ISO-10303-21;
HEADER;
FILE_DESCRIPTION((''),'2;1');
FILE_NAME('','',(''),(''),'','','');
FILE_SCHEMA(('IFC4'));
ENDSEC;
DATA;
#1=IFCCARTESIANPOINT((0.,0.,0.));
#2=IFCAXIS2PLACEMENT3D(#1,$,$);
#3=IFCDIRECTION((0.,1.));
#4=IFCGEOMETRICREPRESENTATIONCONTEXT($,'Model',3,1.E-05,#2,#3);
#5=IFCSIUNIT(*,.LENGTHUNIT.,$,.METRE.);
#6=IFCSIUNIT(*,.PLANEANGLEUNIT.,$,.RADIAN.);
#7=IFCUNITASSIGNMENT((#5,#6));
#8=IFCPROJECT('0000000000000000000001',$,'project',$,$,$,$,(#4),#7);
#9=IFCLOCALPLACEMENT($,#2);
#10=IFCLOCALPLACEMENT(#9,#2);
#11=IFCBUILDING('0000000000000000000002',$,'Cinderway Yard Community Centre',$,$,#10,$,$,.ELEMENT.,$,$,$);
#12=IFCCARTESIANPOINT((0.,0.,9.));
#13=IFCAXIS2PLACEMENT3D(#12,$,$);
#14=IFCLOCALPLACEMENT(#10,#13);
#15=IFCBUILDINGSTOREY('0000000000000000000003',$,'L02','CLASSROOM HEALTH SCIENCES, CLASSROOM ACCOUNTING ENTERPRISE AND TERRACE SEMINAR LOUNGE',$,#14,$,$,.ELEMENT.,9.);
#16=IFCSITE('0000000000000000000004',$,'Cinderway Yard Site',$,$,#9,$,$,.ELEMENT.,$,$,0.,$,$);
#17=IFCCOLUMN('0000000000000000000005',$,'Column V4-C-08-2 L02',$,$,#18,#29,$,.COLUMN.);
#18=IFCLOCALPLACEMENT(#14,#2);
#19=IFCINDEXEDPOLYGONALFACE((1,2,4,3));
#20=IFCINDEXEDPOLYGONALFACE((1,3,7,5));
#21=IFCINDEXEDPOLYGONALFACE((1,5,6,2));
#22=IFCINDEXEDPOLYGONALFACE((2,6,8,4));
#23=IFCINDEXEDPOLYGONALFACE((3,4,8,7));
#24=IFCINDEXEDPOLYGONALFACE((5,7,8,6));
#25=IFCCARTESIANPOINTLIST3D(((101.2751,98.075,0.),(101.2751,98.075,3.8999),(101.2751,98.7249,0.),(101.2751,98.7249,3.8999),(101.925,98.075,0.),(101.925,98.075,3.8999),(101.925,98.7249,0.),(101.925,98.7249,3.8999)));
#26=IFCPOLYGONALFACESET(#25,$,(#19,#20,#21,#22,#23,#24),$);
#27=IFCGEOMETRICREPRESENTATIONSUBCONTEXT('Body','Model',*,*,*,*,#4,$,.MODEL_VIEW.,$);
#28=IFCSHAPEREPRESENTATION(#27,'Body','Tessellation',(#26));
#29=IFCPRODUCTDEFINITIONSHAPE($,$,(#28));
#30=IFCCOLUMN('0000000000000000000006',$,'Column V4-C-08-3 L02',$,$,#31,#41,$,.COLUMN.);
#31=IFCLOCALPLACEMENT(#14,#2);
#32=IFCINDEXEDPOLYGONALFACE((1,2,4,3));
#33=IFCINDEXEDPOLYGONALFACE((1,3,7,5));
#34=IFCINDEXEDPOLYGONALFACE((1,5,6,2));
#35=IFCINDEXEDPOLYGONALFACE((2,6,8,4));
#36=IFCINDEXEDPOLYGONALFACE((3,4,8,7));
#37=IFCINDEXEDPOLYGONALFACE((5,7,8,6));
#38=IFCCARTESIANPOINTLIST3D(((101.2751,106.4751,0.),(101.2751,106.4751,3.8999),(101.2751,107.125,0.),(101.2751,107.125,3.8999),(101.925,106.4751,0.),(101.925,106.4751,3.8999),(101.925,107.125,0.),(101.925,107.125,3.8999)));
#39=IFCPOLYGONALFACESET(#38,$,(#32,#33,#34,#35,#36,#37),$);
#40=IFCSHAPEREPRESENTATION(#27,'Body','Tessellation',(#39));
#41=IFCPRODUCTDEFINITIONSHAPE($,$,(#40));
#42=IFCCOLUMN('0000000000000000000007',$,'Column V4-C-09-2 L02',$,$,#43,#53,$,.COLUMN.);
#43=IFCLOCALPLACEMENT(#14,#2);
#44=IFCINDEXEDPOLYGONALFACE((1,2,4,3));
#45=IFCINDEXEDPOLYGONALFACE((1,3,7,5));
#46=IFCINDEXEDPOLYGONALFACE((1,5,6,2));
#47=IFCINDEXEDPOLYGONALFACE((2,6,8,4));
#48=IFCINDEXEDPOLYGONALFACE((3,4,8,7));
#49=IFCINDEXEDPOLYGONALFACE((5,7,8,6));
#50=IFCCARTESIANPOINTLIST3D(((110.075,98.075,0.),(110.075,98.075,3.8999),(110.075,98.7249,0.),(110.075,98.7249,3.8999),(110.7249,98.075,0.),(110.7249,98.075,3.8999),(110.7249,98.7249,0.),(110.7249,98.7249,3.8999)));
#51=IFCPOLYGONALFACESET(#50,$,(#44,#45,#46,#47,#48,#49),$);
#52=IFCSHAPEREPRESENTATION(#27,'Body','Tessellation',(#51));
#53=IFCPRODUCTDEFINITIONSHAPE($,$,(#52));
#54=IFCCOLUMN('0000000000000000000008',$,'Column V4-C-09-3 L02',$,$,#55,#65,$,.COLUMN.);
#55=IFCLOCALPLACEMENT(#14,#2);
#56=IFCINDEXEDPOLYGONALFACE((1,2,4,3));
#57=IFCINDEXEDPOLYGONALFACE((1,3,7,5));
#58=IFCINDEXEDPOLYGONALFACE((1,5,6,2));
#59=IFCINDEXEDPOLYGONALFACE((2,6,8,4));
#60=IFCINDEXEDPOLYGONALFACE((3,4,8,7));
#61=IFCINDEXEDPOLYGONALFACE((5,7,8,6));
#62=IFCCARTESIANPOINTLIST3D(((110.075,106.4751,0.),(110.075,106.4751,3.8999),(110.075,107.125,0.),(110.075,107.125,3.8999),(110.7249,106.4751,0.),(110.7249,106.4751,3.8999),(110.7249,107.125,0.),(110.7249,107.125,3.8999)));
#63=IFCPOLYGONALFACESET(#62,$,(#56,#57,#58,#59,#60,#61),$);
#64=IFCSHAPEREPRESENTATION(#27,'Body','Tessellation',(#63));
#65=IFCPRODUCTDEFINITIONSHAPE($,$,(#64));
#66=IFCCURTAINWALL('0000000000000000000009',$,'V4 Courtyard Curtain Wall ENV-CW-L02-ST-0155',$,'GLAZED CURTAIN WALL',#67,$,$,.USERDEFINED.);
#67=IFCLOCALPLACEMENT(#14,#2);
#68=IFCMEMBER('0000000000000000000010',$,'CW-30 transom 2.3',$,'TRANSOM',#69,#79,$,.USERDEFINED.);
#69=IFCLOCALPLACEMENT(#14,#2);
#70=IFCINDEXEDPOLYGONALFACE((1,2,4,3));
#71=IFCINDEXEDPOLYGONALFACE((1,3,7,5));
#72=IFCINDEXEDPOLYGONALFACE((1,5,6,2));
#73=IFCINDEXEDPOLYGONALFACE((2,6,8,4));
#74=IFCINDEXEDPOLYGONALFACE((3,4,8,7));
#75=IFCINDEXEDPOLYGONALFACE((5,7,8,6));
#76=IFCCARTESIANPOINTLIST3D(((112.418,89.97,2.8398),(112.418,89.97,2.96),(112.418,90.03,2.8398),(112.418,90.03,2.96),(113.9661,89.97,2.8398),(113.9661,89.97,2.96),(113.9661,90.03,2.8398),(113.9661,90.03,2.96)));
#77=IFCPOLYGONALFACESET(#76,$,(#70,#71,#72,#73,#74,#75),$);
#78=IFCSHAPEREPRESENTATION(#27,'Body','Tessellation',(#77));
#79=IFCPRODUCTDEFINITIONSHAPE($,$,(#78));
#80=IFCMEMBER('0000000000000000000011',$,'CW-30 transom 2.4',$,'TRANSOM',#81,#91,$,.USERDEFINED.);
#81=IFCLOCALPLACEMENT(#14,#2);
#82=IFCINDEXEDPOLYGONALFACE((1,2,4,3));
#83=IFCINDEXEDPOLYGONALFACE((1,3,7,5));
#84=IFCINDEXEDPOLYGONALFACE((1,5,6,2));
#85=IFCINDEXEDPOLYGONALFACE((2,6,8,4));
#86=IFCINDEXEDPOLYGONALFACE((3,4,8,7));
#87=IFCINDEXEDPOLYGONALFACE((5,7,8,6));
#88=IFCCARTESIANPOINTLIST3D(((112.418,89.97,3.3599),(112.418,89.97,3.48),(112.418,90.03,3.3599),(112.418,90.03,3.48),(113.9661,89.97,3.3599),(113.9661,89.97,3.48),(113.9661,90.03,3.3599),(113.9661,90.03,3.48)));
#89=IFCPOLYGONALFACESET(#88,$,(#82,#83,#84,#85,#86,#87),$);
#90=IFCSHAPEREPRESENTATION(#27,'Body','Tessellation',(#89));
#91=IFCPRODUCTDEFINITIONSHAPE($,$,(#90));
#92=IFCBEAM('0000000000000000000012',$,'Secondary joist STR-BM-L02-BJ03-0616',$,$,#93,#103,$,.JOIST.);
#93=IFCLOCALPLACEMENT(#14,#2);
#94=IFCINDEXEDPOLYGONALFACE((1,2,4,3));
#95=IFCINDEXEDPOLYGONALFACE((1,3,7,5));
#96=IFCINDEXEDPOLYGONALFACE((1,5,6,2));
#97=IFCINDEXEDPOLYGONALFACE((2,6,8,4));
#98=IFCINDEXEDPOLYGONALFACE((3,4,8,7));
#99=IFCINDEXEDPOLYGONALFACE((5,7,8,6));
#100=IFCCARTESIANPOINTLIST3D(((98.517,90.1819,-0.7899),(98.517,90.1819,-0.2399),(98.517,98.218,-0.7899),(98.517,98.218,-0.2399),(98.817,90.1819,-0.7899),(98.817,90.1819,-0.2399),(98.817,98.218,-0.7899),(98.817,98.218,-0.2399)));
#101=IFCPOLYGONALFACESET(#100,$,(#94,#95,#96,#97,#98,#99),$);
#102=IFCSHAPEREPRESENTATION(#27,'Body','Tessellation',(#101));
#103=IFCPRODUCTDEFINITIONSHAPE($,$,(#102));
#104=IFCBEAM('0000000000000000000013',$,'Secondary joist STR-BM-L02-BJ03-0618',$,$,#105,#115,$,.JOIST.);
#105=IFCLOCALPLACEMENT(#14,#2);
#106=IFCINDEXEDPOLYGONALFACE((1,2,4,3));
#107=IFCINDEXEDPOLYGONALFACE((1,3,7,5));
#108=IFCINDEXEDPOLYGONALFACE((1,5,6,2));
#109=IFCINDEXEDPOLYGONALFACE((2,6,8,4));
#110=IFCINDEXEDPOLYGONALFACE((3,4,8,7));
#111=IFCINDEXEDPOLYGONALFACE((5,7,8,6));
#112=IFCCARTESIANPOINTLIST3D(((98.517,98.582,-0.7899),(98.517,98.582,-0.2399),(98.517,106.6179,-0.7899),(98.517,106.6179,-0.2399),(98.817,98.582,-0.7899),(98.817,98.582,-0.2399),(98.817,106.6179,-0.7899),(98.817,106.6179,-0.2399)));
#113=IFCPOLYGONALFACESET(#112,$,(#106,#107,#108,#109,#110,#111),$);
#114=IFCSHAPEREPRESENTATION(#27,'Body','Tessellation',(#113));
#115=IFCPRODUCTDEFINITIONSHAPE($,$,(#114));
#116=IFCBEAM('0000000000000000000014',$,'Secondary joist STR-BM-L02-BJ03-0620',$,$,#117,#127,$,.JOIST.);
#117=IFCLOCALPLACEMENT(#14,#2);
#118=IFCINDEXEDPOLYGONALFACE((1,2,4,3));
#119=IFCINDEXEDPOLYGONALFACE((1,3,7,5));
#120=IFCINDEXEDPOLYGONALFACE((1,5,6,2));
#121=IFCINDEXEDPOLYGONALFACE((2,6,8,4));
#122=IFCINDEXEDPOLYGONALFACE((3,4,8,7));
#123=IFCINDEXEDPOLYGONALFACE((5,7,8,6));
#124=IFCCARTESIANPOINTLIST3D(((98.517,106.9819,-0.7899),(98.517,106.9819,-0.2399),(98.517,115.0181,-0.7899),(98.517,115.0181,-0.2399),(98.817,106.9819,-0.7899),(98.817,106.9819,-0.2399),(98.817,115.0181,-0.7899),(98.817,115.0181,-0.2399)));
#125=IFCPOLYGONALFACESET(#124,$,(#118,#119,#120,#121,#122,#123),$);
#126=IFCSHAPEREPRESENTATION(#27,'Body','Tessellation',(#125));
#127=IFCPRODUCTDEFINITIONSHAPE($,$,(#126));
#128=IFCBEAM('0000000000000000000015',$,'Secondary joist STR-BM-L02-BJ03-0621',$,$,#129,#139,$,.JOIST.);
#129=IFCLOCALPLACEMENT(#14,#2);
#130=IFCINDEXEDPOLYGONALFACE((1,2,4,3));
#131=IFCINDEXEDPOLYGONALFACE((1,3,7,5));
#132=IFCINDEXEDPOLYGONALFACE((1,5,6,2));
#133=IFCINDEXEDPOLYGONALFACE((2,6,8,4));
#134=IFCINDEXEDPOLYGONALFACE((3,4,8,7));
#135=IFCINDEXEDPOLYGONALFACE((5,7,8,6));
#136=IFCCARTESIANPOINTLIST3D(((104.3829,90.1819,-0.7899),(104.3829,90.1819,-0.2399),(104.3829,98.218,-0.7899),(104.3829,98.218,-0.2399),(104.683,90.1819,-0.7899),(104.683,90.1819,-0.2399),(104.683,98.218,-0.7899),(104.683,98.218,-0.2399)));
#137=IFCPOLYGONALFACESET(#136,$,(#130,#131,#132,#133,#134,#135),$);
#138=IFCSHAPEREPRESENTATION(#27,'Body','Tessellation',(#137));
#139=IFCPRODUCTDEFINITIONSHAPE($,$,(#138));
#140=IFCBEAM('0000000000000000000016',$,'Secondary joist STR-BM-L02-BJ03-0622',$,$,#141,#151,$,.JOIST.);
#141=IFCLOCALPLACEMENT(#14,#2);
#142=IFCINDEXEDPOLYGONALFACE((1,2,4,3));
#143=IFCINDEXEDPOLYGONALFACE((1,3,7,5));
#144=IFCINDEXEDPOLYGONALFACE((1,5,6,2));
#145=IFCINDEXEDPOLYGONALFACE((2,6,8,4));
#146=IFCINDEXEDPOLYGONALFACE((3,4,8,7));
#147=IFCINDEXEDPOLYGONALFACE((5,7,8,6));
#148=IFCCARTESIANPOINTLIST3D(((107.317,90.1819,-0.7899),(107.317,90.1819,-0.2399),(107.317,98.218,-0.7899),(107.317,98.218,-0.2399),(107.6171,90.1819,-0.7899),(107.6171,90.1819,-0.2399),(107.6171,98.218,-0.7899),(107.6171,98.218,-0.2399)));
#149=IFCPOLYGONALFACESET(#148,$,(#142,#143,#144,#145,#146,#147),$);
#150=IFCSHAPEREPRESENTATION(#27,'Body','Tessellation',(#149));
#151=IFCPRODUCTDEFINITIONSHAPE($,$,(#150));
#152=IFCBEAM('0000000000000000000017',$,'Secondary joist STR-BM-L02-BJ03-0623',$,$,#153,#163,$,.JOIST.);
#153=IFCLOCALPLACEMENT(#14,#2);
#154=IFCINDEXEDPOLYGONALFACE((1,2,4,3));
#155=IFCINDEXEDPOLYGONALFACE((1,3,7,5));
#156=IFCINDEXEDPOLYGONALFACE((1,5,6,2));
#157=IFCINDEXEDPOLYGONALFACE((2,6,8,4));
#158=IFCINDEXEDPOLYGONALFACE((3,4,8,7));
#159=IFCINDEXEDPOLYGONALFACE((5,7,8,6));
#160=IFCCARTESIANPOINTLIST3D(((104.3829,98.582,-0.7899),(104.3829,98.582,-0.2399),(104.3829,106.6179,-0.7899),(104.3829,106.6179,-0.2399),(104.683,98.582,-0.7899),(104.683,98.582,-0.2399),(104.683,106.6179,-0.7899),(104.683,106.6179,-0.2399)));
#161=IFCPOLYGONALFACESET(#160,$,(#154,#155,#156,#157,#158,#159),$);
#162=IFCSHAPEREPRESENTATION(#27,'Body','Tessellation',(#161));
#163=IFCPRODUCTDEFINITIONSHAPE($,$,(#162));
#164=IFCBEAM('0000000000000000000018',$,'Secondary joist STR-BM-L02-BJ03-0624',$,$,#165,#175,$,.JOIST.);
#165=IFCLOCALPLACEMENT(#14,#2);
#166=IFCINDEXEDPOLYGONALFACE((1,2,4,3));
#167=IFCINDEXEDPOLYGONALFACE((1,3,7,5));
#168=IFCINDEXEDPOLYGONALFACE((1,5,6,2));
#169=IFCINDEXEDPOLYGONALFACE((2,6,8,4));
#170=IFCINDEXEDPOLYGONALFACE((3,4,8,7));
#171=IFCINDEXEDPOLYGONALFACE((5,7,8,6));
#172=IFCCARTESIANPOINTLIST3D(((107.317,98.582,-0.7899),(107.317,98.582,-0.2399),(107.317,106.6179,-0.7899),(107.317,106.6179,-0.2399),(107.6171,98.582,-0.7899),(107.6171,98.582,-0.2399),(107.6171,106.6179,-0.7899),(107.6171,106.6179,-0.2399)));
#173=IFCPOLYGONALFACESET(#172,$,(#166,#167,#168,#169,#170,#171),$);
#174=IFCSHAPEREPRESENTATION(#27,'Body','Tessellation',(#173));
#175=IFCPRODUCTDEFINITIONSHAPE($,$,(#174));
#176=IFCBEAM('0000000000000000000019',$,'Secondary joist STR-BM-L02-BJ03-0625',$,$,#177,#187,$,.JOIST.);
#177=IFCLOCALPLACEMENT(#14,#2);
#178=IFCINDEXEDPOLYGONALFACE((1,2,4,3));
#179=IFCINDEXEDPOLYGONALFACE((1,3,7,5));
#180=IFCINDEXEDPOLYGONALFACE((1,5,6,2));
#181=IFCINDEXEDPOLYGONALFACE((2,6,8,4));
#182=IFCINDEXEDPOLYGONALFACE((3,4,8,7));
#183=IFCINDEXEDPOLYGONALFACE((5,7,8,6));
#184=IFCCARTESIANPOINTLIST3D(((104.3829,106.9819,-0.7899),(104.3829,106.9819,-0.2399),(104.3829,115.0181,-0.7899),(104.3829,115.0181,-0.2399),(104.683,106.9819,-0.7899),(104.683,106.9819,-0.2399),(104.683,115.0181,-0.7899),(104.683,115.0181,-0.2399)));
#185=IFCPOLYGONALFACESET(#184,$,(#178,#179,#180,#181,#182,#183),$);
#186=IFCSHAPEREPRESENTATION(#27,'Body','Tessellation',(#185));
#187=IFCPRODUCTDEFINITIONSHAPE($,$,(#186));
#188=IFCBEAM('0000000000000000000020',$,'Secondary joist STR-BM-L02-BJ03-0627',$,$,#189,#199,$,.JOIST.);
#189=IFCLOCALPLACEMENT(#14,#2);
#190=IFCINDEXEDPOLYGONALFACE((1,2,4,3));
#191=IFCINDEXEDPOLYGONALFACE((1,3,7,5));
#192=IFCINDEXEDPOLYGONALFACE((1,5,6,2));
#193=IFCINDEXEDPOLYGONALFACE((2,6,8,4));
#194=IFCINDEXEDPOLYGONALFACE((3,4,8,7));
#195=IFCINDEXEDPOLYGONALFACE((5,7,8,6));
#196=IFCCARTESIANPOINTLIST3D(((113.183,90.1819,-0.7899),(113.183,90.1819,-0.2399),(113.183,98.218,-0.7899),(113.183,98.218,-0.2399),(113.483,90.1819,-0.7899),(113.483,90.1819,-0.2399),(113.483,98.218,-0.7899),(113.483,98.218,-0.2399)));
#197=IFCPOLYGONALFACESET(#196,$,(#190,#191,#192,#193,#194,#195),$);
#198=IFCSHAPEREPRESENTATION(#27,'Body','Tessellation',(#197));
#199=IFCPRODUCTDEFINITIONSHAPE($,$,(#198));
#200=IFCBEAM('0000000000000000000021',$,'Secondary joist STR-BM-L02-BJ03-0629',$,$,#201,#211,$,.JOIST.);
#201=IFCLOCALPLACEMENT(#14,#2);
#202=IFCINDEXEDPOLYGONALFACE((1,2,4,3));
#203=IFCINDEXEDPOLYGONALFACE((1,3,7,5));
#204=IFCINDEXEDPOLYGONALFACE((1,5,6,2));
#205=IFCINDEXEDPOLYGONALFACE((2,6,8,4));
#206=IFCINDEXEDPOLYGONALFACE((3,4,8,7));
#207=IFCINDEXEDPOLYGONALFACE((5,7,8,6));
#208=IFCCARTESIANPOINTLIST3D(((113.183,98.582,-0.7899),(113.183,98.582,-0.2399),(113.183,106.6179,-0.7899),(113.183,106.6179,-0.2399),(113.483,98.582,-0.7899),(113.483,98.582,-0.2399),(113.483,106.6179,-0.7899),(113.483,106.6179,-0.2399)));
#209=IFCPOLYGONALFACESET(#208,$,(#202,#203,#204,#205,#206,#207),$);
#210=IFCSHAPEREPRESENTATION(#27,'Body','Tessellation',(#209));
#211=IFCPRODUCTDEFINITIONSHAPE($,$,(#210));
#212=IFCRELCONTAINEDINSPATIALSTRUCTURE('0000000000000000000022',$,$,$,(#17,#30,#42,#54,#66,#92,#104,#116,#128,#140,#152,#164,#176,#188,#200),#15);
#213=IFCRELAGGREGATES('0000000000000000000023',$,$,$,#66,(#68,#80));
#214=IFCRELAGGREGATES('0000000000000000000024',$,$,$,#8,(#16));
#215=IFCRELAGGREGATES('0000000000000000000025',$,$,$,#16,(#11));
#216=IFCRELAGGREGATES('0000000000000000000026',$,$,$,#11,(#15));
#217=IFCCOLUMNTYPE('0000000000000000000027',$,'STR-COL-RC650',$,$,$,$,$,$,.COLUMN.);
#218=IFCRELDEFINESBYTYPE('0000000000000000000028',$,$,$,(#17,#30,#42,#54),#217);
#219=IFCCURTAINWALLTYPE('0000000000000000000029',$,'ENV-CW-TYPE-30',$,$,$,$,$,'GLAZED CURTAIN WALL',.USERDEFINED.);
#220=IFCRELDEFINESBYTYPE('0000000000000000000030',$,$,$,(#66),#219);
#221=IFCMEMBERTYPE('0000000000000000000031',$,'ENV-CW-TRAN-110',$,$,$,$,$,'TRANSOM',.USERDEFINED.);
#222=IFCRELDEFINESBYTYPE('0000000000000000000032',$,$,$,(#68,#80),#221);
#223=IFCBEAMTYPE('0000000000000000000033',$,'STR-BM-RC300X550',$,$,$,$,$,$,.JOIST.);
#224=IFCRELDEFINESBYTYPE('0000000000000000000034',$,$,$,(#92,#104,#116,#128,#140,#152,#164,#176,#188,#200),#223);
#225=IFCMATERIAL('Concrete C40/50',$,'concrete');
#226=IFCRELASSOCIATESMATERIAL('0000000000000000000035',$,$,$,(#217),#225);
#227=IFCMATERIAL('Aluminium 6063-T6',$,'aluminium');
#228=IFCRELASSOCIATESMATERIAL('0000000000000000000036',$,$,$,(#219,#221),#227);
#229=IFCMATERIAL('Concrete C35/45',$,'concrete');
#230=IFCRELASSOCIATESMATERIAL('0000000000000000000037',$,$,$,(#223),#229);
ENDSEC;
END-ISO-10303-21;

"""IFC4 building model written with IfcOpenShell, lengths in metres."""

from ifc_helpers import new_model, si_unit, direction, frame, origin, origin_2d, place, context, subcontext, project, spatial, rectangle, extrude, material, material_profile, profile_set, type_object, element, aggregate, save


model = new_model("IFC4")

# Units and contexts
model_context = context("Model", 3, precision=1e-05, world=origin(), true_north=direction((0.0, 1.0)))
body_context = subcontext(model_context, "Body", "Model", "MODEL_VIEW")
ifc_project = project(units=[si_unit("LENGTHUNIT", "METRE"), si_unit("PLANEANGLEUNIT", "RADIAN")], contexts=[model_context])

# Site, building, storey
site_placement = place(None, origin())
site = spatial("IfcSite", under=ifc_project, at=site_placement, Name="Cinderway Yard Site", CompositionType="ELEMENT", RefElevation=0.0)
building_placement = place(site_placement, origin())
building = spatial("IfcBuilding", under=site, at=building_placement, Name="Cinderway Yard Community Centre", CompositionType="ELEMENT")
storey_placement = place(building_placement, frame((0.0, 0.0, 9.0)))
storey = spatial("IfcBuildingStorey", under=building, at=storey_placement, Name="L02", Description="CLASSROOM HEALTH SCIENCES, CLASSROOM ACCOUNTING ENTERPRISE AND TERRACE SEMINAR LOUNGE", CompositionType="ELEMENT", Elevation=9.0)

# Columns
ifc_material_1 = material(Name="Concrete C40/50", Category="concrete")
ifc_material_profile_1 = material_profile(ifc_material_1, rectangle(XDim=0.6499, YDim=0.6499, at=origin_2d()), Name="Concrete C40/50")
ifc_profile_set_1 = profile_set([ifc_material_profile_1], Name="Concrete C40/50")
column_type = type_object("IfcColumnType", Name="STR-COL-RC650", PredefinedType="COLUMN", material=ifc_profile_set_1)
for number, where, z_axis, x_axis, name in (
    (1, (101.6001, 98.3999, 0.0), (0.0, 0.0, 1.0), (1.0, 0.0, 0.0), "Column V4-C-08-2 L02"),
    (2, (101.6001, 106.8, 0.0), (0.0, 0.0, 1.0), (1.0, 0.0, 0.0), "Column V4-C-08-3 L02"),
    (3, (110.3999, 98.3999, 0.0), (0.0, 0.0, 1.0), (1.0, 0.0, 0.0), "Column V4-C-09-2 L02"),
    (4, (110.3999, 106.8, 0.0), (0.0, 0.0, 1.0), (1.0, 0.0, 0.0), "Column V4-C-09-3 L02"),
):
    element("IfcColumn", number, at=place(storey_placement, frame(where, z_axis=z_axis, x_axis=x_axis)), inside=storey, type_object=column_type, Name=name, PredefinedType="COLUMN", context=body_context, shape_type="SweptSolid", body=[
        extrude(rectangle(XDim=0.6499, YDim=0.6499, at=origin_2d()), origin(), (0.0, 0.0, 1.0), 3.8999),
    ])

# Curtain wall, members
ifc_material_2 = material(Name="Aluminium 6063-T6", Category="aluminium")
curtain_wall_type = type_object("IfcCurtainWallType", Name="ENV-CW-TYPE-30", ElementType="GLAZED CURTAIN WALL", PredefinedType="USERDEFINED", material=ifc_material_2)
curtain_wall_placement = place(storey_placement, origin())
curtain_wall = element("IfcCurtainWall", 5, at=curtain_wall_placement, inside=storey, type_object=curtain_wall_type, Name="V4 Courtyard Curtain Wall ENV-CW-L02-ST-0155", ObjectType="GLAZED CURTAIN WALL", PredefinedType="USERDEFINED")
ifc_material_profile_2 = material_profile(ifc_material_2, rectangle(XDim=0.0601, YDim=0.1201, at=origin_2d()), Name="Aluminium 6063-T6")
ifc_profile_set_2 = profile_set([ifc_material_profile_2], Name="Aluminium 6063-T6")
member_type = type_object("IfcMemberType", Name="ENV-CW-TRAN-110", ElementType="TRANSOM", PredefinedType="USERDEFINED", material=ifc_profile_set_2)
member_1_placement = place(storey_placement, frame((112.418, 90.0, 2.8999), z_axis=(1.0, 0.0, 0.0), x_axis=(0.0, 1.0, 0.0)))
member_1 = element("IfcMember", 6, at=member_1_placement, type_object=member_type, Name="CW-30 transom 2.3", ObjectType="TRANSOM", PredefinedType="USERDEFINED", context=body_context, shape_type="SweptSolid", body=[
    extrude(rectangle(XDim=0.0601, YDim=0.1201, at=origin_2d()), origin(), (0.0, 0.0, 1.0), 1.5481),
])
member_2_placement = place(storey_placement, frame((112.418, 90.0, 3.4199), z_axis=(1.0, 0.0, 0.0), x_axis=(0.0, 1.0, 0.0)))
member_2 = element("IfcMember", 7, at=member_2_placement, type_object=member_type, Name="CW-30 transom 2.4", ObjectType="TRANSOM", PredefinedType="USERDEFINED", context=body_context, shape_type="SweptSolid", body=[
    extrude(rectangle(XDim=0.0601, YDim=0.1201, at=origin_2d()), origin(), (0.0, 0.0, 1.0), 1.5481),
])

# Beams
ifc_material_3 = material(Name="Concrete C35/45", Category="concrete")
ifc_material_profile_3 = material_profile(ifc_material_3, rectangle(XDim=0.3, YDim=0.55, at=origin_2d()), Name="Concrete C35/45")
ifc_profile_set_3 = profile_set([ifc_material_profile_3], Name="Concrete C35/45")
beam_type_1 = type_object("IfcBeamType", Name="STR-BM-RC300X550", PredefinedType="JOIST", material=ifc_profile_set_3)
beam_1_placement = place(storey_placement, frame((98.667, 90.1819, -0.5149), z_axis=(0.0, 1.0, 0.0), x_axis=(-1.0, 0.0, 0.0)))
element("IfcBeam", 8, at=beam_1_placement, inside=storey, type_object=beam_type_1, Name="Secondary joist STR-BM-L02-BJ03-0616", PredefinedType="JOIST", context=body_context, shape_type="SweptSolid", body=[
    extrude(rectangle(XDim=0.3, YDim=0.55, at=origin_2d()), origin(), (0.0, 0.0, 1.0), 8.0361),
])
beam_2_placement = place(storey_placement, frame((98.667, 98.582, -0.5149), z_axis=(0.0, 1.0, 0.0), x_axis=(-1.0, 0.0, 0.0)))
element("IfcBeam", 9, at=beam_2_placement, inside=storey, type_object=beam_type_1, Name="Secondary joist STR-BM-L02-BJ03-0618", PredefinedType="JOIST", context=body_context, shape_type="SweptSolid", body=[
    extrude(rectangle(XDim=0.3, YDim=0.55, at=origin_2d()), origin(), (0.0, 0.0, 1.0), 8.0359),
])
for number, where, z_axis, x_axis, name in (
    (10, (98.667, 106.9819, -0.5149), (0.0, 1.0, 0.0), (-1.0, 0.0, 0.0), "Secondary joist STR-BM-L02-BJ03-0620"),
    (11, (104.533, 90.1819, -0.5149), (0.0, 1.0, 0.0), (-1.0, 0.0, 0.0), "Secondary joist STR-BM-L02-BJ03-0621"),
    (12, (107.467, 90.1819, -0.5149), (0.0, 1.0, 0.0), (-1.0, 0.0, 0.0), "Secondary joist STR-BM-L02-BJ03-0622"),
):
    element("IfcBeam", number, at=place(storey_placement, frame(where, z_axis=z_axis, x_axis=x_axis)), inside=storey, type_object=beam_type_1, Name=name, PredefinedType="JOIST", context=body_context, shape_type="SweptSolid", body=[
        extrude(rectangle(XDim=0.3, YDim=0.55, at=origin_2d()), origin(), (0.0, 0.0, 1.0), 8.0361),
    ])
for number, where, z_axis, x_axis, name in (
    (13, (104.533, 98.582, -0.5149), (0.0, 1.0, 0.0), (-1.0, 0.0, 0.0), "Secondary joist STR-BM-L02-BJ03-0623"),
    (14, (107.467, 98.582, -0.5149), (0.0, 1.0, 0.0), (-1.0, 0.0, 0.0), "Secondary joist STR-BM-L02-BJ03-0624"),
):
    element("IfcBeam", number, at=place(storey_placement, frame(where, z_axis=z_axis, x_axis=x_axis)), inside=storey, type_object=beam_type_1, Name=name, PredefinedType="JOIST", context=body_context, shape_type="SweptSolid", body=[
        extrude(rectangle(XDim=0.3, YDim=0.55, at=origin_2d()), origin(), (0.0, 0.0, 1.0), 8.0359),
    ])
for number, where, z_axis, x_axis, name in (
    (15, (104.533, 106.9819, -0.5149), (0.0, 1.0, 0.0), (-1.0, 0.0, 0.0), "Secondary joist STR-BM-L02-BJ03-0625"),
    (16, (113.333, 90.1819, -0.5149), (0.0, 1.0, 0.0), (-1.0, 0.0, 0.0), "Secondary joist STR-BM-L02-BJ03-0627"),
):
    element("IfcBeam", number, at=place(storey_placement, frame(where, z_axis=z_axis, x_axis=x_axis)), inside=storey, type_object=beam_type_1, Name=name, PredefinedType="JOIST", context=body_context, shape_type="SweptSolid", body=[
        extrude(rectangle(XDim=0.3, YDim=0.55, at=origin_2d()), origin(), (0.0, 0.0, 1.0), 8.0361),
    ])
beam_3_placement = place(storey_placement, frame((113.333, 98.582, -0.5149), z_axis=(0.0, 1.0, 0.0), x_axis=(-1.0, 0.0, 0.0)))
element("IfcBeam", 17, at=beam_3_placement, inside=storey, type_object=beam_type_1, Name="Secondary joist STR-BM-L02-BJ03-0629", PredefinedType="JOIST", context=body_context, shape_type="SweptSolid", body=[
    extrude(rectangle(XDim=0.3, YDim=0.55, at=origin_2d()), origin(), (0.0, 0.0, 1.0), 8.0359),
])

aggregate(curtain_wall, [member_1, member_2])

save(model, "model.ifc")
